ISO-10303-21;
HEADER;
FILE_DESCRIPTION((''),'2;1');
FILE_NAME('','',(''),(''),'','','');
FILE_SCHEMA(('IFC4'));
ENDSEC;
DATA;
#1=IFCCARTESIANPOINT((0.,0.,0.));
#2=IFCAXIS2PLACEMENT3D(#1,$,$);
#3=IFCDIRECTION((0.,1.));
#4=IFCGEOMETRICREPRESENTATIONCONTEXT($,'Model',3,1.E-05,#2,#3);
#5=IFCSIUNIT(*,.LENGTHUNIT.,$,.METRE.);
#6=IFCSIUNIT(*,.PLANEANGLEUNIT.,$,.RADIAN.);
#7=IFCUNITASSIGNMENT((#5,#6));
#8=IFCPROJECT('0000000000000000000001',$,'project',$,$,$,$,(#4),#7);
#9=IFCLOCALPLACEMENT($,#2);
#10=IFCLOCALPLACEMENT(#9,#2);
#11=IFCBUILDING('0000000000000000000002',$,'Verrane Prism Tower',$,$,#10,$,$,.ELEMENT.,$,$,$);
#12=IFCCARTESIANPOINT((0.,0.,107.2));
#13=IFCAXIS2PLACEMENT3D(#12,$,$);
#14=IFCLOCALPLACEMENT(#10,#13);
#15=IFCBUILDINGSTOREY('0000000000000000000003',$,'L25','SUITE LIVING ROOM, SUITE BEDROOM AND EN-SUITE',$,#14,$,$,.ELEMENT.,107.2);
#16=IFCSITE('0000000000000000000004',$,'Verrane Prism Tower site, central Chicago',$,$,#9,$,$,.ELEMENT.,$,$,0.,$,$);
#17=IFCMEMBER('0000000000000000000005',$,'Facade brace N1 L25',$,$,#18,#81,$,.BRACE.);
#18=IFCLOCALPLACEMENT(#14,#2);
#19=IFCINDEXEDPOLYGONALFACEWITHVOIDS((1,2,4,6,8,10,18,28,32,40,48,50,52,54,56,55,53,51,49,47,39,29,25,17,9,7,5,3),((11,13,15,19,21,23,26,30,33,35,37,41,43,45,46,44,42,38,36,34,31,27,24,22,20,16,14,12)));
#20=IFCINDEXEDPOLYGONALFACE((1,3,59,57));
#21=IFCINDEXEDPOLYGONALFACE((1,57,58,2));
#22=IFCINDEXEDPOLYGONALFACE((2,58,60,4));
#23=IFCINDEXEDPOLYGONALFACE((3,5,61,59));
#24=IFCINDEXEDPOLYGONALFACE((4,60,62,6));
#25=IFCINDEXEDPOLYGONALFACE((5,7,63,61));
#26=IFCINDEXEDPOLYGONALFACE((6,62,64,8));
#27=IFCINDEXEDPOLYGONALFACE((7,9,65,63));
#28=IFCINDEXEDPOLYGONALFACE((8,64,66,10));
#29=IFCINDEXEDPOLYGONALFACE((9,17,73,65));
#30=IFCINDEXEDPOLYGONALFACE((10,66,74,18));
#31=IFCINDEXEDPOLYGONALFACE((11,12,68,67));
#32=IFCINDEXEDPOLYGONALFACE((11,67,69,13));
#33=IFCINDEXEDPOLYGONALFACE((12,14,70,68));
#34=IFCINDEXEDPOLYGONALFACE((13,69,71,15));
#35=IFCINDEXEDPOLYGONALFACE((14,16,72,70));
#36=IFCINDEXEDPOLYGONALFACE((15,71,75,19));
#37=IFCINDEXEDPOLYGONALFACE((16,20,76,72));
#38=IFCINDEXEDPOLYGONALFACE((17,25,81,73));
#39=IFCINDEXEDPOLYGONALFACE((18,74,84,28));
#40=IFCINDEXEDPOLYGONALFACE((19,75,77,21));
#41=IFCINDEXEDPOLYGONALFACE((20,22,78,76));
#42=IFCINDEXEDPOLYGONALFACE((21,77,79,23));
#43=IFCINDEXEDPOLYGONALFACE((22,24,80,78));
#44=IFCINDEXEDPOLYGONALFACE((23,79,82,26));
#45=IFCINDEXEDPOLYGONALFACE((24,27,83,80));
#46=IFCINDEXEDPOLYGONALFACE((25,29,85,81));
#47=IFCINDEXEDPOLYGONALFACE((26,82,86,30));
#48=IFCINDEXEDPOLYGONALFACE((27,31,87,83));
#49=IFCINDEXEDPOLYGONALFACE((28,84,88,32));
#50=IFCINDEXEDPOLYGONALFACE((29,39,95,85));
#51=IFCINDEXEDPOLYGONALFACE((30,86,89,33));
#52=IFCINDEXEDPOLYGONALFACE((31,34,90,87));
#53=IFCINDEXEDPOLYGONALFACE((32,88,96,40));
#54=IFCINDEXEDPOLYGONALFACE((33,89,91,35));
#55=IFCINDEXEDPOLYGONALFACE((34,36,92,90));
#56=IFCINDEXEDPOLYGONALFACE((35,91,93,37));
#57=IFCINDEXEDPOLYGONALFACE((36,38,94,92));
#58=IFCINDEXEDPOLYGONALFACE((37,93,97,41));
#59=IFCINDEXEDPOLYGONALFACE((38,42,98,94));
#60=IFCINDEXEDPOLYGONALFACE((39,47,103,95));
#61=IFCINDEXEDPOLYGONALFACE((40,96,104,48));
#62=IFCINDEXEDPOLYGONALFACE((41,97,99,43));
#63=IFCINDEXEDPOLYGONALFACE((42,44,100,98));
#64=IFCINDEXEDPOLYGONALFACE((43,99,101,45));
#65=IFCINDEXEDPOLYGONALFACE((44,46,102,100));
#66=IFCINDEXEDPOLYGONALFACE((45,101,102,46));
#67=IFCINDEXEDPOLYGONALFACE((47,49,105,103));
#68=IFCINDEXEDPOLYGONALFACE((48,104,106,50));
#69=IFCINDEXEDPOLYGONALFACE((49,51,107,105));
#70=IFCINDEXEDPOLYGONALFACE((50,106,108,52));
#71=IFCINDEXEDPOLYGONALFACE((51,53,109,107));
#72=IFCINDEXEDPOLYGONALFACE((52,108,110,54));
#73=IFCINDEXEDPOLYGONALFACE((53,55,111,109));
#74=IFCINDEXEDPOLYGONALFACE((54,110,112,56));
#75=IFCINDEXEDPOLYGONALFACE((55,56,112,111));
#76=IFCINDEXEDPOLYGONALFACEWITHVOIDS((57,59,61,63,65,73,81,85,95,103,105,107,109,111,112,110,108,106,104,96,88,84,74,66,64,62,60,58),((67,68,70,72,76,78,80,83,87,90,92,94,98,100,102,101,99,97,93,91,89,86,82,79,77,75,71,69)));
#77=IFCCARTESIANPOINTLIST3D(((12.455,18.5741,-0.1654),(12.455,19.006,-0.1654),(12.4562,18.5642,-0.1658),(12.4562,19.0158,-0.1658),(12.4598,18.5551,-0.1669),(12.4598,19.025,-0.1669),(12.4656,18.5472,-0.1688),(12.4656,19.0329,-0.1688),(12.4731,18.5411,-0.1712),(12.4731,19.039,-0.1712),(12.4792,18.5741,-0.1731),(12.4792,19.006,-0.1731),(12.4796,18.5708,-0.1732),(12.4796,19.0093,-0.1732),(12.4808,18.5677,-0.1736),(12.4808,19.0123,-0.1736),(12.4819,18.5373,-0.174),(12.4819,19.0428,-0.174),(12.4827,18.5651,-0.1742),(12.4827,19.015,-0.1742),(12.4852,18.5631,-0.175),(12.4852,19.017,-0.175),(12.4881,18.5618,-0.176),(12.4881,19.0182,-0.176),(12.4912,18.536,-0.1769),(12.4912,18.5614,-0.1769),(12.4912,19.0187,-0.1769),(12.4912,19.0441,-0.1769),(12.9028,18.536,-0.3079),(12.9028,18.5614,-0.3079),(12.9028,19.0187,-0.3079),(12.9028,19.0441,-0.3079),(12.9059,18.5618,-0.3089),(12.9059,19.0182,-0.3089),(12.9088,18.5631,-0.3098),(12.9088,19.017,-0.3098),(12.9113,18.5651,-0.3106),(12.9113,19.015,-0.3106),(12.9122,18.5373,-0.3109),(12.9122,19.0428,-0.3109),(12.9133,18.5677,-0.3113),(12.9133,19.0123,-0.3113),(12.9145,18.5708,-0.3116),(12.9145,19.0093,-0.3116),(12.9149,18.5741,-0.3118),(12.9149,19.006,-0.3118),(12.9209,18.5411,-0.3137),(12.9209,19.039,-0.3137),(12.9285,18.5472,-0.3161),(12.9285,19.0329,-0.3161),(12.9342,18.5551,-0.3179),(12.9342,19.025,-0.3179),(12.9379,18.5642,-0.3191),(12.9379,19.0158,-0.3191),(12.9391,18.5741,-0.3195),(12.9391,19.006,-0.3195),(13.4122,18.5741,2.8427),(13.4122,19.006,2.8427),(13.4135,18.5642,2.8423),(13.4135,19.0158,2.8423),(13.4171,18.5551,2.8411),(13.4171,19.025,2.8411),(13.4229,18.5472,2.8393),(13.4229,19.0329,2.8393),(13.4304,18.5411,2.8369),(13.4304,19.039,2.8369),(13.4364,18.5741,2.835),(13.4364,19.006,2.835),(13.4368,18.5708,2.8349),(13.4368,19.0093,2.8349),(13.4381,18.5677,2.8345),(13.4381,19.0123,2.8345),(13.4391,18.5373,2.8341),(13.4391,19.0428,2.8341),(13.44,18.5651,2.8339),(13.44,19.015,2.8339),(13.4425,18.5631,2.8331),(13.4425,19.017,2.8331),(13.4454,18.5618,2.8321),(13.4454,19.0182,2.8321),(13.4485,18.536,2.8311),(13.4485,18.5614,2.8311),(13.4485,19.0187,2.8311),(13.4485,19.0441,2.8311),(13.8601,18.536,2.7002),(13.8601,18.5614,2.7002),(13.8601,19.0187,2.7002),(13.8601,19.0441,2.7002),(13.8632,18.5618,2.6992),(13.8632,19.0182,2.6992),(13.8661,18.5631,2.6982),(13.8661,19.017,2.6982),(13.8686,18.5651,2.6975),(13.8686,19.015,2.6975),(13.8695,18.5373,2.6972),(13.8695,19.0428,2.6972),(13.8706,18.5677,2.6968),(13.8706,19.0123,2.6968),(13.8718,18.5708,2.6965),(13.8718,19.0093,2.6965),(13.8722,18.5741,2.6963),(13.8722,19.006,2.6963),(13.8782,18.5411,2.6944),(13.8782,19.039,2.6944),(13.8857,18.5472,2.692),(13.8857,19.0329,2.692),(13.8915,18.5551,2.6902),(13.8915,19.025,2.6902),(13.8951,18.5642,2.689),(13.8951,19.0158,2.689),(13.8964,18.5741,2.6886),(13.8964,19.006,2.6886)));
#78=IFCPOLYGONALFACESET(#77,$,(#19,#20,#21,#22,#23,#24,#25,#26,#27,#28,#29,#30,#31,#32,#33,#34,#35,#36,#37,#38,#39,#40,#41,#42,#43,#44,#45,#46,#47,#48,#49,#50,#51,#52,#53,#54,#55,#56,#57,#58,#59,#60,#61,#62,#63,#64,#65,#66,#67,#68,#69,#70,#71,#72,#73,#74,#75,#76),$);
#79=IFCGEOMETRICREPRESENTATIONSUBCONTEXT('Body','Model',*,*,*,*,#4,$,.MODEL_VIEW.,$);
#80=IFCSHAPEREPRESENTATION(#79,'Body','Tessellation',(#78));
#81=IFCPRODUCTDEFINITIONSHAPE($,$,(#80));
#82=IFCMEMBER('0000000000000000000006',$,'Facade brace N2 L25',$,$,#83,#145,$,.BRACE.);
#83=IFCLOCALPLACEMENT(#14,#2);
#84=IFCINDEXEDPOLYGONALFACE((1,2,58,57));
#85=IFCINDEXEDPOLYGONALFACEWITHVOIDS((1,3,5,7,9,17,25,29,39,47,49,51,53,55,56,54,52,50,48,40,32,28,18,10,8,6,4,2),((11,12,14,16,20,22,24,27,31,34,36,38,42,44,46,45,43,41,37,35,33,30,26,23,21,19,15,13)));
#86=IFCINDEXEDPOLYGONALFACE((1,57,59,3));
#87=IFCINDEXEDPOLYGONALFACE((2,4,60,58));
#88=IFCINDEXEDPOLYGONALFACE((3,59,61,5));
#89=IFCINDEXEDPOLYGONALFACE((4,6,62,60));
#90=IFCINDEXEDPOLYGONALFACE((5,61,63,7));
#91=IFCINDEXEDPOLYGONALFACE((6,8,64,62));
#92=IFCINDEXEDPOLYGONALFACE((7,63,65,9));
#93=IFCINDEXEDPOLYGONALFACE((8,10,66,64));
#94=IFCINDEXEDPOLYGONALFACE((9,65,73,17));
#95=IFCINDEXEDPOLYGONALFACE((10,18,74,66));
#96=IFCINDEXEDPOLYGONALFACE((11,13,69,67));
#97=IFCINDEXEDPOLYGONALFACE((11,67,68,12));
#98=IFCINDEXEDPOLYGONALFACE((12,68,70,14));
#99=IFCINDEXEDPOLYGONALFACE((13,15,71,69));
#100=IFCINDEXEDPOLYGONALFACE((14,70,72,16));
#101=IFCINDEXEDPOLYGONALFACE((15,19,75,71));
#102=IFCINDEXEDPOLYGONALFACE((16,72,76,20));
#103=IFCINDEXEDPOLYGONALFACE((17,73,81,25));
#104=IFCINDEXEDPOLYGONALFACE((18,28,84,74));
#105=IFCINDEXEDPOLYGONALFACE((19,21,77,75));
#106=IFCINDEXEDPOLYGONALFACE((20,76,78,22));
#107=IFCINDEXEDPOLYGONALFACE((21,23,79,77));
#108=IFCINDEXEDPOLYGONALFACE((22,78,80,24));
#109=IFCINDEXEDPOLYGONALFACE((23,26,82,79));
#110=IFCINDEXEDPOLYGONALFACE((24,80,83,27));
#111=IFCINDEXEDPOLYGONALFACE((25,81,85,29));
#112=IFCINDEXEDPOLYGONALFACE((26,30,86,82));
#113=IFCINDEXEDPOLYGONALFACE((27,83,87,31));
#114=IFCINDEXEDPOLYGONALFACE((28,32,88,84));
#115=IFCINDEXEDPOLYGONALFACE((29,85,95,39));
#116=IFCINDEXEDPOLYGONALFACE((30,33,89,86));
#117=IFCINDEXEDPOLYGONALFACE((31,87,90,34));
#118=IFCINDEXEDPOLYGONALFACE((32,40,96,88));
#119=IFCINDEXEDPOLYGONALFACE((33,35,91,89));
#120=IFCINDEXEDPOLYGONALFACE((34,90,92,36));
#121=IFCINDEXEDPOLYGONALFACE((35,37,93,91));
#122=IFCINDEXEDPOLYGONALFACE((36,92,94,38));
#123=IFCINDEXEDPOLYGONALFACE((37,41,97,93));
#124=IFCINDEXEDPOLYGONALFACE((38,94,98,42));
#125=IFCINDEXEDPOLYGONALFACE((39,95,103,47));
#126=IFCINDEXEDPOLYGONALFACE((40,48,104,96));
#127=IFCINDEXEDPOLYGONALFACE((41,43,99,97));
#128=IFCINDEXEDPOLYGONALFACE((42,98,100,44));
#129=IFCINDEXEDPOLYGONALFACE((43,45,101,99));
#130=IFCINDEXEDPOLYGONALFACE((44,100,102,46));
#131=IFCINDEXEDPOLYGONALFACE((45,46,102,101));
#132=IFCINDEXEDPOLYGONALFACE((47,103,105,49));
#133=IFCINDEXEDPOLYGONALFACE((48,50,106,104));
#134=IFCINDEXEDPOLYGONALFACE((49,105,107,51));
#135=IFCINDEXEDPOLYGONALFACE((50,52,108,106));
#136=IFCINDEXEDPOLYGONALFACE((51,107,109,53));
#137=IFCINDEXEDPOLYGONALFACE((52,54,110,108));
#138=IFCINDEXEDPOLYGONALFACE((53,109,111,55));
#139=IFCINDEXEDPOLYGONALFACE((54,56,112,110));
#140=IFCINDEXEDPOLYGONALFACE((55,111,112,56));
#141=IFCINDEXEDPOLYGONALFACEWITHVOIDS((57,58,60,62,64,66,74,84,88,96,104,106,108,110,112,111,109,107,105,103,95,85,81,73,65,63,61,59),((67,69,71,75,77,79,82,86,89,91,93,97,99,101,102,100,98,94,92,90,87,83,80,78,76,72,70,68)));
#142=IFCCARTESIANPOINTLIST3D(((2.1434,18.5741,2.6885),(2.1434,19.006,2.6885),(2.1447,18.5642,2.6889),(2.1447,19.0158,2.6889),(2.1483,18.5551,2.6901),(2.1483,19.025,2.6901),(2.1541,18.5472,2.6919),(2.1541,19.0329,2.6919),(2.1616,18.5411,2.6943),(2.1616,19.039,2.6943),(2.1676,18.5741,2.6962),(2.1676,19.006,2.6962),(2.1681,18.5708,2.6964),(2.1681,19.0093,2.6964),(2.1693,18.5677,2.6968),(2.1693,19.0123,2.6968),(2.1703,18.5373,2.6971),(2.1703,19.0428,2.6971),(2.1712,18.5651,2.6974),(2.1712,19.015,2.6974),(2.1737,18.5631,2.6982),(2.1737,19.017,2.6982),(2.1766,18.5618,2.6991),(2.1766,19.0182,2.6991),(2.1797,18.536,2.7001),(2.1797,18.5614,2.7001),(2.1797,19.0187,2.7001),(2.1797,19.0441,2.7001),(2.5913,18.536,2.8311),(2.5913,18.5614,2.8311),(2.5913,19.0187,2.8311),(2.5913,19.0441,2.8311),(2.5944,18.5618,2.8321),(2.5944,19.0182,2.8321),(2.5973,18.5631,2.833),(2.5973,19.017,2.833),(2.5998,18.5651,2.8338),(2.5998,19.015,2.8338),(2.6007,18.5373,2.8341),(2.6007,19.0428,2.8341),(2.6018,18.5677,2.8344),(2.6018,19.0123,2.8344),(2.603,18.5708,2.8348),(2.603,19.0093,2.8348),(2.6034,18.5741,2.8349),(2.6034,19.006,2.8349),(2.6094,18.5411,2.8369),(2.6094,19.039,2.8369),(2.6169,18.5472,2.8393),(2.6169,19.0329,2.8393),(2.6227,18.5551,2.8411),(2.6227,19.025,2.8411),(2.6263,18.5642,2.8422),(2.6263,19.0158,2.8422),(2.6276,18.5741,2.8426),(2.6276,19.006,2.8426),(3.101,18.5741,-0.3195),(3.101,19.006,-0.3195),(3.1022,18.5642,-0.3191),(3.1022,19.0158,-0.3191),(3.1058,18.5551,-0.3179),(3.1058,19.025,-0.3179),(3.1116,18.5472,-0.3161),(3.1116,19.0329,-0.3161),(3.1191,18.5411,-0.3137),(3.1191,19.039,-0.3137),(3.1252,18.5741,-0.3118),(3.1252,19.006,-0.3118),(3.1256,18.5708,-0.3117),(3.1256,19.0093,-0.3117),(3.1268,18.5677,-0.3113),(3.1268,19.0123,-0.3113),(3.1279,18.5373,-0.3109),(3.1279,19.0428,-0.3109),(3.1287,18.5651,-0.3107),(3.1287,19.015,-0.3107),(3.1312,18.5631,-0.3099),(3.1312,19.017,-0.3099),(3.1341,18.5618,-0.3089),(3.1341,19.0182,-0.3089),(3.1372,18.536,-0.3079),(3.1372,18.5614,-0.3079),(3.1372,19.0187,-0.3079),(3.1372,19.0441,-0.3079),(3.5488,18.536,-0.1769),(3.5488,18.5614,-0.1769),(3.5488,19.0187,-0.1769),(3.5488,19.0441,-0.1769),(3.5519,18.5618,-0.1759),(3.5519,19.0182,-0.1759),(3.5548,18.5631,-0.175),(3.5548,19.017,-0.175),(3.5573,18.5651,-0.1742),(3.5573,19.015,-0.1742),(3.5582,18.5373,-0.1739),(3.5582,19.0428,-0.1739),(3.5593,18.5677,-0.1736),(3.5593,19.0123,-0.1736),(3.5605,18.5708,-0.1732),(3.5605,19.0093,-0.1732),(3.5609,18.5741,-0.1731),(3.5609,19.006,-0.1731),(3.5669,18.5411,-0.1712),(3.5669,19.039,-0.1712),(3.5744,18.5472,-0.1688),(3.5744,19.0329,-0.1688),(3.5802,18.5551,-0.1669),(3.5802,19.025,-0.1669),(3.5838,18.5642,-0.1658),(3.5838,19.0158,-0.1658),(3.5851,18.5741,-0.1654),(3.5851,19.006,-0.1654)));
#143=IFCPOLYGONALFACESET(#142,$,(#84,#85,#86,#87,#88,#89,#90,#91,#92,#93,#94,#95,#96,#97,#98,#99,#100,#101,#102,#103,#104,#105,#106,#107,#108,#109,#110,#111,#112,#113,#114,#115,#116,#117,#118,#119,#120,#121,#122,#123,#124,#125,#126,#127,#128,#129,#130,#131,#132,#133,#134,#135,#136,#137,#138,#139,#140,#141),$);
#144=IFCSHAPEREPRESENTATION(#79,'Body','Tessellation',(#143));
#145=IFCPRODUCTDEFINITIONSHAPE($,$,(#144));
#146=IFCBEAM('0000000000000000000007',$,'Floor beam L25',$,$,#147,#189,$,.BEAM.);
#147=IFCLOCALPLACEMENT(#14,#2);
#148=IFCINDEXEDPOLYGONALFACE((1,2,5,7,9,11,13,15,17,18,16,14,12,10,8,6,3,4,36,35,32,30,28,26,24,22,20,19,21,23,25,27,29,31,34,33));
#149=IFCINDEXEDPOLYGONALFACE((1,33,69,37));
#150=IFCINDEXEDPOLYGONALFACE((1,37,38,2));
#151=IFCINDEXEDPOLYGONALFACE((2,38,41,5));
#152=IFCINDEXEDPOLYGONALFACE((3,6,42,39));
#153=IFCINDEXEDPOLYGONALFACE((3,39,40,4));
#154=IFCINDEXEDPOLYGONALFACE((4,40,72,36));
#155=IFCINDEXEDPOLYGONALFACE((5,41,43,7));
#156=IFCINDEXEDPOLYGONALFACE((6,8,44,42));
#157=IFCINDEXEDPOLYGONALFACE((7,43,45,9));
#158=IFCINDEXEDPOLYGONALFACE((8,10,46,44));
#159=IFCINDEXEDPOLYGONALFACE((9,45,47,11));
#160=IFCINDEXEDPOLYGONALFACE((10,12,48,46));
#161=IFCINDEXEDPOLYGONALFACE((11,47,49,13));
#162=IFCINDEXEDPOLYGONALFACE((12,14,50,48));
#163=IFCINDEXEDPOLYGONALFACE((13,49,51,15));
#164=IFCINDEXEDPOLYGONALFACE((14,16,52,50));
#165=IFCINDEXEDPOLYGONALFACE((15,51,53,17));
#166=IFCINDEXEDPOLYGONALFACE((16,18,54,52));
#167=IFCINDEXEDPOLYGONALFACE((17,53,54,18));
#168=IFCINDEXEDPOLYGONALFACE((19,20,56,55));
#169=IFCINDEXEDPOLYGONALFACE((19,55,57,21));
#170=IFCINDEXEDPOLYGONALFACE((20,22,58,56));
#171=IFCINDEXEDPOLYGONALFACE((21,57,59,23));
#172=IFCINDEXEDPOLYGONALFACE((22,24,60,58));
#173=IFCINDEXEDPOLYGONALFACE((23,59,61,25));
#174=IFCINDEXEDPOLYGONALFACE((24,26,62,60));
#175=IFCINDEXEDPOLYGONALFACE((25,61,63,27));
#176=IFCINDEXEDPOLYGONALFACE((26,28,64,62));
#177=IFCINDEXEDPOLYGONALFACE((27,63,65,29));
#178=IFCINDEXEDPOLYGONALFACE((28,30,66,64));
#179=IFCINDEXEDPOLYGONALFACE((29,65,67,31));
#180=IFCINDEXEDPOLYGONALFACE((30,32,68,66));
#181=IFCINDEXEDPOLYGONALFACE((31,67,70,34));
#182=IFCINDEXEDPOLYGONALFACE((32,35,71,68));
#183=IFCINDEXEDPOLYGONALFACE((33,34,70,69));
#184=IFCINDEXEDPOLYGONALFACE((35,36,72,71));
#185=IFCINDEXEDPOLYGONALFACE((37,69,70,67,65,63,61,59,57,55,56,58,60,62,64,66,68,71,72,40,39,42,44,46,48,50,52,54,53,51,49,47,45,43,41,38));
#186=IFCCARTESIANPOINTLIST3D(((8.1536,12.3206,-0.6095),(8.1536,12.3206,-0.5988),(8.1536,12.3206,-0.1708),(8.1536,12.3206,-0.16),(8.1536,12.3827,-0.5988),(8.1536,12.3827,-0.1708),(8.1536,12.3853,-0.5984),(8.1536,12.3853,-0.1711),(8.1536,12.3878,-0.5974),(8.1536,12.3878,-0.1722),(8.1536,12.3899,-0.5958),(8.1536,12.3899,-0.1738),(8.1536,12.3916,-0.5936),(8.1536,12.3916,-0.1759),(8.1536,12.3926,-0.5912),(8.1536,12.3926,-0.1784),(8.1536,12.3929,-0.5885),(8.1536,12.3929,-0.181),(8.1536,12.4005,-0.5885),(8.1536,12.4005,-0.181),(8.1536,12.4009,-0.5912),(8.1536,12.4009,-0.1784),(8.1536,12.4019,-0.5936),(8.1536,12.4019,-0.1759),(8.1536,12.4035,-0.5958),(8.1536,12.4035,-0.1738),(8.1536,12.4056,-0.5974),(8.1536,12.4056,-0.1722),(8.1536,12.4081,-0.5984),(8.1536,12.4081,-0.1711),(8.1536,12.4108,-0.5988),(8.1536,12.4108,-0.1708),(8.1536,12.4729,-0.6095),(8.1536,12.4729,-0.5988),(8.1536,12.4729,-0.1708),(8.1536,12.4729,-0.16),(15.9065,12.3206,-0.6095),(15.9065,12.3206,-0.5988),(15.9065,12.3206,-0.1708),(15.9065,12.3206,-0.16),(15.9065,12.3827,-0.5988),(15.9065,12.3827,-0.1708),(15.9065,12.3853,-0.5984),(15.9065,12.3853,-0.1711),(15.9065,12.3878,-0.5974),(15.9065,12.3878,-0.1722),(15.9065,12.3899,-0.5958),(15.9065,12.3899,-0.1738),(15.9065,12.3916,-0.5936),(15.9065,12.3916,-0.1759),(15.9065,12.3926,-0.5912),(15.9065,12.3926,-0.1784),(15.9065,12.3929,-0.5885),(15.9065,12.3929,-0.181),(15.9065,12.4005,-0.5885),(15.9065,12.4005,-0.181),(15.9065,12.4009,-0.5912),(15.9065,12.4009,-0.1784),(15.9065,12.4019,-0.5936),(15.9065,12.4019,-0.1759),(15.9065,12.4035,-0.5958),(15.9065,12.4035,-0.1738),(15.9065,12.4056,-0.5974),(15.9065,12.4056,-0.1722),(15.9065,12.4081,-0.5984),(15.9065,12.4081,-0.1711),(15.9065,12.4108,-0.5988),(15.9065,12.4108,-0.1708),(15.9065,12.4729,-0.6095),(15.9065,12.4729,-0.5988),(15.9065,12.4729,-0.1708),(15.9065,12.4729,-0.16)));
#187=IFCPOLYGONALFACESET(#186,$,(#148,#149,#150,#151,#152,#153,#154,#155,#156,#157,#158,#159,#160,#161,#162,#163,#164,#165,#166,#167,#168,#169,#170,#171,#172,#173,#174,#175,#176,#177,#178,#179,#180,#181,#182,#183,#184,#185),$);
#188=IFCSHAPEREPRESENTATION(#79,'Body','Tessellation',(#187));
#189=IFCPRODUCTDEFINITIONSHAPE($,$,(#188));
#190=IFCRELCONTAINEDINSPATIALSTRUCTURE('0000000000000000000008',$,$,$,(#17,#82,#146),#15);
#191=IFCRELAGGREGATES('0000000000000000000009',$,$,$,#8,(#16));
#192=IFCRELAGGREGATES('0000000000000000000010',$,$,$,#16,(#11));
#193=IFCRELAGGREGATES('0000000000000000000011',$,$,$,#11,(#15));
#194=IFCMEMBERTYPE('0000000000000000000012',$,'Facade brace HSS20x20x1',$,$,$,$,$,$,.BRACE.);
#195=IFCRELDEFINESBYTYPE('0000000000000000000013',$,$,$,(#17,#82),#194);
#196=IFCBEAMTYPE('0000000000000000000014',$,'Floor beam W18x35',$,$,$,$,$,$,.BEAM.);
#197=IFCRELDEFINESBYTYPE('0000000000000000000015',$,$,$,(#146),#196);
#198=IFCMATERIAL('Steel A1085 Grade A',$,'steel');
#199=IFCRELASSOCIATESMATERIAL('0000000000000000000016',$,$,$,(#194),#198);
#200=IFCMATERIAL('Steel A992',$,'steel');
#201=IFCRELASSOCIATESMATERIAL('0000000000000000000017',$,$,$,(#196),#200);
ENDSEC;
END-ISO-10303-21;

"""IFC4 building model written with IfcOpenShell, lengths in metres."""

from ifc_helpers import new_model, si_unit, direction, frame, origin, origin_2d, place, context, subcontext, project, spatial, hollow_rectangle, i_section, extrude, material, material_profile, profile_set, type_object, element, save


model = new_model("IFC4")

# Units and contexts
model_context = context("Model", 3, precision=1e-05, world=origin(), true_north=direction((0.0, 1.0)))
body_context = subcontext(model_context, "Body", "Model", "MODEL_VIEW")
ifc_project = project(units=[si_unit("LENGTHUNIT", "METRE"), si_unit("PLANEANGLEUNIT", "RADIAN")], contexts=[model_context])

# Site, building, storey
site_placement = place(None, origin())
site = spatial("IfcSite", under=ifc_project, at=site_placement, Name="Verrane Prism Tower site, central Chicago", CompositionType="ELEMENT", RefElevation=0.0)
building_placement = place(site_placement, origin())
building = spatial("IfcBuilding", under=site, at=building_placement, Name="Verrane Prism Tower", CompositionType="ELEMENT")
storey_placement = place(building_placement, frame((0.0, 0.0, 107.2)))
storey = spatial("IfcBuildingStorey", under=building, at=storey_placement, Name="L25", Description="SUITE LIVING ROOM, SUITE BEDROOM AND EN-SUITE", CompositionType="ELEMENT", Elevation=107.2)

# Members
ifc_material_1 = material(Name="Steel A1085 Grade A", Category="steel")
ifc_material_profile_1 = material_profile(ifc_material_1, hollow_rectangle(XDim=0.5081, YDim=0.5081, WallThickness=0.0254, InnerFilletRadius=0.0127, OuterFilletRadius=0.0381, at=origin_2d()), Name="HSS20x20x1")
ifc_profile_set_1 = profile_set([ifc_material_profile_1], Name="Steel A1085 Grade A")
member_type_1 = type_object("IfcMemberType", Name="Facade brace HSS20x20x1", PredefinedType="BRACE", material=ifc_profile_set_1)
for number, where, z_axis, x_axis, name in (
    (1, (12.697, 18.79, -0.2424), (0.303252, 0.0, 0.952911), (0.0, 1.0, 0.0), "Facade brace N1 L25"),
    (2, (3.343, 18.79, -0.2424), (-0.303322, 0.0, 0.952888), (0.0, -1.0, 0.0), "Facade brace N2 L25"),
):
    element("IfcMember", number, at=place(storey_placement, frame(where, z_axis=z_axis, x_axis=x_axis)), inside=storey, type_object=member_type_1, Name=name, PredefinedType="BRACE", context=body_context, shape_type="SweptSolid", body=[
        extrude(hollow_rectangle(XDim=0.5081, YDim=0.5081, WallThickness=0.0254, InnerFilletRadius=0.0127, OuterFilletRadius=0.0381, at=origin_2d()), origin(), (0.0, 0.0, 1.0), 3.1567),
    ])

# Beam
ifc_material_2 = material(Name="Steel A992", Category="steel")
ifc_material_profile_2 = material_profile(ifc_material_2, i_section(OverallWidth=0.1523, OverallDepth=0.4495, WebThickness=0.0076, FlangeThickness=0.0107, FilletRadius=0.0103, at=origin_2d()), Name="W18x35")
ifc_profile_set_2 = profile_set([ifc_material_profile_2], Name="Steel A992")
beam_type_1 = type_object("IfcBeamType", Name="Floor beam W18x35", PredefinedType="BEAM", material=ifc_profile_set_2)
for number, where, z_axis, x_axis, name in (
    (3, (8.1536, 12.3967, -0.3848), (1.0, 0.0, 0.0), (0.0, 1.0, 0.0), "Floor beam L25"),
):
    element("IfcBeam", number, at=place(storey_placement, frame(where, z_axis=z_axis, x_axis=x_axis)), inside=storey, type_object=beam_type_1, Name=name, PredefinedType="BEAM", context=body_context, shape_type="SweptSolid", body=[
        extrude(i_section(OverallWidth=0.1523, OverallDepth=0.4495, WebThickness=0.0076, FlangeThickness=0.0107, FilletRadius=0.0103, at=origin_2d()), origin(), (0.0, 0.0, 1.0), 7.7529),
    ])

save(model, "model.ifc")
